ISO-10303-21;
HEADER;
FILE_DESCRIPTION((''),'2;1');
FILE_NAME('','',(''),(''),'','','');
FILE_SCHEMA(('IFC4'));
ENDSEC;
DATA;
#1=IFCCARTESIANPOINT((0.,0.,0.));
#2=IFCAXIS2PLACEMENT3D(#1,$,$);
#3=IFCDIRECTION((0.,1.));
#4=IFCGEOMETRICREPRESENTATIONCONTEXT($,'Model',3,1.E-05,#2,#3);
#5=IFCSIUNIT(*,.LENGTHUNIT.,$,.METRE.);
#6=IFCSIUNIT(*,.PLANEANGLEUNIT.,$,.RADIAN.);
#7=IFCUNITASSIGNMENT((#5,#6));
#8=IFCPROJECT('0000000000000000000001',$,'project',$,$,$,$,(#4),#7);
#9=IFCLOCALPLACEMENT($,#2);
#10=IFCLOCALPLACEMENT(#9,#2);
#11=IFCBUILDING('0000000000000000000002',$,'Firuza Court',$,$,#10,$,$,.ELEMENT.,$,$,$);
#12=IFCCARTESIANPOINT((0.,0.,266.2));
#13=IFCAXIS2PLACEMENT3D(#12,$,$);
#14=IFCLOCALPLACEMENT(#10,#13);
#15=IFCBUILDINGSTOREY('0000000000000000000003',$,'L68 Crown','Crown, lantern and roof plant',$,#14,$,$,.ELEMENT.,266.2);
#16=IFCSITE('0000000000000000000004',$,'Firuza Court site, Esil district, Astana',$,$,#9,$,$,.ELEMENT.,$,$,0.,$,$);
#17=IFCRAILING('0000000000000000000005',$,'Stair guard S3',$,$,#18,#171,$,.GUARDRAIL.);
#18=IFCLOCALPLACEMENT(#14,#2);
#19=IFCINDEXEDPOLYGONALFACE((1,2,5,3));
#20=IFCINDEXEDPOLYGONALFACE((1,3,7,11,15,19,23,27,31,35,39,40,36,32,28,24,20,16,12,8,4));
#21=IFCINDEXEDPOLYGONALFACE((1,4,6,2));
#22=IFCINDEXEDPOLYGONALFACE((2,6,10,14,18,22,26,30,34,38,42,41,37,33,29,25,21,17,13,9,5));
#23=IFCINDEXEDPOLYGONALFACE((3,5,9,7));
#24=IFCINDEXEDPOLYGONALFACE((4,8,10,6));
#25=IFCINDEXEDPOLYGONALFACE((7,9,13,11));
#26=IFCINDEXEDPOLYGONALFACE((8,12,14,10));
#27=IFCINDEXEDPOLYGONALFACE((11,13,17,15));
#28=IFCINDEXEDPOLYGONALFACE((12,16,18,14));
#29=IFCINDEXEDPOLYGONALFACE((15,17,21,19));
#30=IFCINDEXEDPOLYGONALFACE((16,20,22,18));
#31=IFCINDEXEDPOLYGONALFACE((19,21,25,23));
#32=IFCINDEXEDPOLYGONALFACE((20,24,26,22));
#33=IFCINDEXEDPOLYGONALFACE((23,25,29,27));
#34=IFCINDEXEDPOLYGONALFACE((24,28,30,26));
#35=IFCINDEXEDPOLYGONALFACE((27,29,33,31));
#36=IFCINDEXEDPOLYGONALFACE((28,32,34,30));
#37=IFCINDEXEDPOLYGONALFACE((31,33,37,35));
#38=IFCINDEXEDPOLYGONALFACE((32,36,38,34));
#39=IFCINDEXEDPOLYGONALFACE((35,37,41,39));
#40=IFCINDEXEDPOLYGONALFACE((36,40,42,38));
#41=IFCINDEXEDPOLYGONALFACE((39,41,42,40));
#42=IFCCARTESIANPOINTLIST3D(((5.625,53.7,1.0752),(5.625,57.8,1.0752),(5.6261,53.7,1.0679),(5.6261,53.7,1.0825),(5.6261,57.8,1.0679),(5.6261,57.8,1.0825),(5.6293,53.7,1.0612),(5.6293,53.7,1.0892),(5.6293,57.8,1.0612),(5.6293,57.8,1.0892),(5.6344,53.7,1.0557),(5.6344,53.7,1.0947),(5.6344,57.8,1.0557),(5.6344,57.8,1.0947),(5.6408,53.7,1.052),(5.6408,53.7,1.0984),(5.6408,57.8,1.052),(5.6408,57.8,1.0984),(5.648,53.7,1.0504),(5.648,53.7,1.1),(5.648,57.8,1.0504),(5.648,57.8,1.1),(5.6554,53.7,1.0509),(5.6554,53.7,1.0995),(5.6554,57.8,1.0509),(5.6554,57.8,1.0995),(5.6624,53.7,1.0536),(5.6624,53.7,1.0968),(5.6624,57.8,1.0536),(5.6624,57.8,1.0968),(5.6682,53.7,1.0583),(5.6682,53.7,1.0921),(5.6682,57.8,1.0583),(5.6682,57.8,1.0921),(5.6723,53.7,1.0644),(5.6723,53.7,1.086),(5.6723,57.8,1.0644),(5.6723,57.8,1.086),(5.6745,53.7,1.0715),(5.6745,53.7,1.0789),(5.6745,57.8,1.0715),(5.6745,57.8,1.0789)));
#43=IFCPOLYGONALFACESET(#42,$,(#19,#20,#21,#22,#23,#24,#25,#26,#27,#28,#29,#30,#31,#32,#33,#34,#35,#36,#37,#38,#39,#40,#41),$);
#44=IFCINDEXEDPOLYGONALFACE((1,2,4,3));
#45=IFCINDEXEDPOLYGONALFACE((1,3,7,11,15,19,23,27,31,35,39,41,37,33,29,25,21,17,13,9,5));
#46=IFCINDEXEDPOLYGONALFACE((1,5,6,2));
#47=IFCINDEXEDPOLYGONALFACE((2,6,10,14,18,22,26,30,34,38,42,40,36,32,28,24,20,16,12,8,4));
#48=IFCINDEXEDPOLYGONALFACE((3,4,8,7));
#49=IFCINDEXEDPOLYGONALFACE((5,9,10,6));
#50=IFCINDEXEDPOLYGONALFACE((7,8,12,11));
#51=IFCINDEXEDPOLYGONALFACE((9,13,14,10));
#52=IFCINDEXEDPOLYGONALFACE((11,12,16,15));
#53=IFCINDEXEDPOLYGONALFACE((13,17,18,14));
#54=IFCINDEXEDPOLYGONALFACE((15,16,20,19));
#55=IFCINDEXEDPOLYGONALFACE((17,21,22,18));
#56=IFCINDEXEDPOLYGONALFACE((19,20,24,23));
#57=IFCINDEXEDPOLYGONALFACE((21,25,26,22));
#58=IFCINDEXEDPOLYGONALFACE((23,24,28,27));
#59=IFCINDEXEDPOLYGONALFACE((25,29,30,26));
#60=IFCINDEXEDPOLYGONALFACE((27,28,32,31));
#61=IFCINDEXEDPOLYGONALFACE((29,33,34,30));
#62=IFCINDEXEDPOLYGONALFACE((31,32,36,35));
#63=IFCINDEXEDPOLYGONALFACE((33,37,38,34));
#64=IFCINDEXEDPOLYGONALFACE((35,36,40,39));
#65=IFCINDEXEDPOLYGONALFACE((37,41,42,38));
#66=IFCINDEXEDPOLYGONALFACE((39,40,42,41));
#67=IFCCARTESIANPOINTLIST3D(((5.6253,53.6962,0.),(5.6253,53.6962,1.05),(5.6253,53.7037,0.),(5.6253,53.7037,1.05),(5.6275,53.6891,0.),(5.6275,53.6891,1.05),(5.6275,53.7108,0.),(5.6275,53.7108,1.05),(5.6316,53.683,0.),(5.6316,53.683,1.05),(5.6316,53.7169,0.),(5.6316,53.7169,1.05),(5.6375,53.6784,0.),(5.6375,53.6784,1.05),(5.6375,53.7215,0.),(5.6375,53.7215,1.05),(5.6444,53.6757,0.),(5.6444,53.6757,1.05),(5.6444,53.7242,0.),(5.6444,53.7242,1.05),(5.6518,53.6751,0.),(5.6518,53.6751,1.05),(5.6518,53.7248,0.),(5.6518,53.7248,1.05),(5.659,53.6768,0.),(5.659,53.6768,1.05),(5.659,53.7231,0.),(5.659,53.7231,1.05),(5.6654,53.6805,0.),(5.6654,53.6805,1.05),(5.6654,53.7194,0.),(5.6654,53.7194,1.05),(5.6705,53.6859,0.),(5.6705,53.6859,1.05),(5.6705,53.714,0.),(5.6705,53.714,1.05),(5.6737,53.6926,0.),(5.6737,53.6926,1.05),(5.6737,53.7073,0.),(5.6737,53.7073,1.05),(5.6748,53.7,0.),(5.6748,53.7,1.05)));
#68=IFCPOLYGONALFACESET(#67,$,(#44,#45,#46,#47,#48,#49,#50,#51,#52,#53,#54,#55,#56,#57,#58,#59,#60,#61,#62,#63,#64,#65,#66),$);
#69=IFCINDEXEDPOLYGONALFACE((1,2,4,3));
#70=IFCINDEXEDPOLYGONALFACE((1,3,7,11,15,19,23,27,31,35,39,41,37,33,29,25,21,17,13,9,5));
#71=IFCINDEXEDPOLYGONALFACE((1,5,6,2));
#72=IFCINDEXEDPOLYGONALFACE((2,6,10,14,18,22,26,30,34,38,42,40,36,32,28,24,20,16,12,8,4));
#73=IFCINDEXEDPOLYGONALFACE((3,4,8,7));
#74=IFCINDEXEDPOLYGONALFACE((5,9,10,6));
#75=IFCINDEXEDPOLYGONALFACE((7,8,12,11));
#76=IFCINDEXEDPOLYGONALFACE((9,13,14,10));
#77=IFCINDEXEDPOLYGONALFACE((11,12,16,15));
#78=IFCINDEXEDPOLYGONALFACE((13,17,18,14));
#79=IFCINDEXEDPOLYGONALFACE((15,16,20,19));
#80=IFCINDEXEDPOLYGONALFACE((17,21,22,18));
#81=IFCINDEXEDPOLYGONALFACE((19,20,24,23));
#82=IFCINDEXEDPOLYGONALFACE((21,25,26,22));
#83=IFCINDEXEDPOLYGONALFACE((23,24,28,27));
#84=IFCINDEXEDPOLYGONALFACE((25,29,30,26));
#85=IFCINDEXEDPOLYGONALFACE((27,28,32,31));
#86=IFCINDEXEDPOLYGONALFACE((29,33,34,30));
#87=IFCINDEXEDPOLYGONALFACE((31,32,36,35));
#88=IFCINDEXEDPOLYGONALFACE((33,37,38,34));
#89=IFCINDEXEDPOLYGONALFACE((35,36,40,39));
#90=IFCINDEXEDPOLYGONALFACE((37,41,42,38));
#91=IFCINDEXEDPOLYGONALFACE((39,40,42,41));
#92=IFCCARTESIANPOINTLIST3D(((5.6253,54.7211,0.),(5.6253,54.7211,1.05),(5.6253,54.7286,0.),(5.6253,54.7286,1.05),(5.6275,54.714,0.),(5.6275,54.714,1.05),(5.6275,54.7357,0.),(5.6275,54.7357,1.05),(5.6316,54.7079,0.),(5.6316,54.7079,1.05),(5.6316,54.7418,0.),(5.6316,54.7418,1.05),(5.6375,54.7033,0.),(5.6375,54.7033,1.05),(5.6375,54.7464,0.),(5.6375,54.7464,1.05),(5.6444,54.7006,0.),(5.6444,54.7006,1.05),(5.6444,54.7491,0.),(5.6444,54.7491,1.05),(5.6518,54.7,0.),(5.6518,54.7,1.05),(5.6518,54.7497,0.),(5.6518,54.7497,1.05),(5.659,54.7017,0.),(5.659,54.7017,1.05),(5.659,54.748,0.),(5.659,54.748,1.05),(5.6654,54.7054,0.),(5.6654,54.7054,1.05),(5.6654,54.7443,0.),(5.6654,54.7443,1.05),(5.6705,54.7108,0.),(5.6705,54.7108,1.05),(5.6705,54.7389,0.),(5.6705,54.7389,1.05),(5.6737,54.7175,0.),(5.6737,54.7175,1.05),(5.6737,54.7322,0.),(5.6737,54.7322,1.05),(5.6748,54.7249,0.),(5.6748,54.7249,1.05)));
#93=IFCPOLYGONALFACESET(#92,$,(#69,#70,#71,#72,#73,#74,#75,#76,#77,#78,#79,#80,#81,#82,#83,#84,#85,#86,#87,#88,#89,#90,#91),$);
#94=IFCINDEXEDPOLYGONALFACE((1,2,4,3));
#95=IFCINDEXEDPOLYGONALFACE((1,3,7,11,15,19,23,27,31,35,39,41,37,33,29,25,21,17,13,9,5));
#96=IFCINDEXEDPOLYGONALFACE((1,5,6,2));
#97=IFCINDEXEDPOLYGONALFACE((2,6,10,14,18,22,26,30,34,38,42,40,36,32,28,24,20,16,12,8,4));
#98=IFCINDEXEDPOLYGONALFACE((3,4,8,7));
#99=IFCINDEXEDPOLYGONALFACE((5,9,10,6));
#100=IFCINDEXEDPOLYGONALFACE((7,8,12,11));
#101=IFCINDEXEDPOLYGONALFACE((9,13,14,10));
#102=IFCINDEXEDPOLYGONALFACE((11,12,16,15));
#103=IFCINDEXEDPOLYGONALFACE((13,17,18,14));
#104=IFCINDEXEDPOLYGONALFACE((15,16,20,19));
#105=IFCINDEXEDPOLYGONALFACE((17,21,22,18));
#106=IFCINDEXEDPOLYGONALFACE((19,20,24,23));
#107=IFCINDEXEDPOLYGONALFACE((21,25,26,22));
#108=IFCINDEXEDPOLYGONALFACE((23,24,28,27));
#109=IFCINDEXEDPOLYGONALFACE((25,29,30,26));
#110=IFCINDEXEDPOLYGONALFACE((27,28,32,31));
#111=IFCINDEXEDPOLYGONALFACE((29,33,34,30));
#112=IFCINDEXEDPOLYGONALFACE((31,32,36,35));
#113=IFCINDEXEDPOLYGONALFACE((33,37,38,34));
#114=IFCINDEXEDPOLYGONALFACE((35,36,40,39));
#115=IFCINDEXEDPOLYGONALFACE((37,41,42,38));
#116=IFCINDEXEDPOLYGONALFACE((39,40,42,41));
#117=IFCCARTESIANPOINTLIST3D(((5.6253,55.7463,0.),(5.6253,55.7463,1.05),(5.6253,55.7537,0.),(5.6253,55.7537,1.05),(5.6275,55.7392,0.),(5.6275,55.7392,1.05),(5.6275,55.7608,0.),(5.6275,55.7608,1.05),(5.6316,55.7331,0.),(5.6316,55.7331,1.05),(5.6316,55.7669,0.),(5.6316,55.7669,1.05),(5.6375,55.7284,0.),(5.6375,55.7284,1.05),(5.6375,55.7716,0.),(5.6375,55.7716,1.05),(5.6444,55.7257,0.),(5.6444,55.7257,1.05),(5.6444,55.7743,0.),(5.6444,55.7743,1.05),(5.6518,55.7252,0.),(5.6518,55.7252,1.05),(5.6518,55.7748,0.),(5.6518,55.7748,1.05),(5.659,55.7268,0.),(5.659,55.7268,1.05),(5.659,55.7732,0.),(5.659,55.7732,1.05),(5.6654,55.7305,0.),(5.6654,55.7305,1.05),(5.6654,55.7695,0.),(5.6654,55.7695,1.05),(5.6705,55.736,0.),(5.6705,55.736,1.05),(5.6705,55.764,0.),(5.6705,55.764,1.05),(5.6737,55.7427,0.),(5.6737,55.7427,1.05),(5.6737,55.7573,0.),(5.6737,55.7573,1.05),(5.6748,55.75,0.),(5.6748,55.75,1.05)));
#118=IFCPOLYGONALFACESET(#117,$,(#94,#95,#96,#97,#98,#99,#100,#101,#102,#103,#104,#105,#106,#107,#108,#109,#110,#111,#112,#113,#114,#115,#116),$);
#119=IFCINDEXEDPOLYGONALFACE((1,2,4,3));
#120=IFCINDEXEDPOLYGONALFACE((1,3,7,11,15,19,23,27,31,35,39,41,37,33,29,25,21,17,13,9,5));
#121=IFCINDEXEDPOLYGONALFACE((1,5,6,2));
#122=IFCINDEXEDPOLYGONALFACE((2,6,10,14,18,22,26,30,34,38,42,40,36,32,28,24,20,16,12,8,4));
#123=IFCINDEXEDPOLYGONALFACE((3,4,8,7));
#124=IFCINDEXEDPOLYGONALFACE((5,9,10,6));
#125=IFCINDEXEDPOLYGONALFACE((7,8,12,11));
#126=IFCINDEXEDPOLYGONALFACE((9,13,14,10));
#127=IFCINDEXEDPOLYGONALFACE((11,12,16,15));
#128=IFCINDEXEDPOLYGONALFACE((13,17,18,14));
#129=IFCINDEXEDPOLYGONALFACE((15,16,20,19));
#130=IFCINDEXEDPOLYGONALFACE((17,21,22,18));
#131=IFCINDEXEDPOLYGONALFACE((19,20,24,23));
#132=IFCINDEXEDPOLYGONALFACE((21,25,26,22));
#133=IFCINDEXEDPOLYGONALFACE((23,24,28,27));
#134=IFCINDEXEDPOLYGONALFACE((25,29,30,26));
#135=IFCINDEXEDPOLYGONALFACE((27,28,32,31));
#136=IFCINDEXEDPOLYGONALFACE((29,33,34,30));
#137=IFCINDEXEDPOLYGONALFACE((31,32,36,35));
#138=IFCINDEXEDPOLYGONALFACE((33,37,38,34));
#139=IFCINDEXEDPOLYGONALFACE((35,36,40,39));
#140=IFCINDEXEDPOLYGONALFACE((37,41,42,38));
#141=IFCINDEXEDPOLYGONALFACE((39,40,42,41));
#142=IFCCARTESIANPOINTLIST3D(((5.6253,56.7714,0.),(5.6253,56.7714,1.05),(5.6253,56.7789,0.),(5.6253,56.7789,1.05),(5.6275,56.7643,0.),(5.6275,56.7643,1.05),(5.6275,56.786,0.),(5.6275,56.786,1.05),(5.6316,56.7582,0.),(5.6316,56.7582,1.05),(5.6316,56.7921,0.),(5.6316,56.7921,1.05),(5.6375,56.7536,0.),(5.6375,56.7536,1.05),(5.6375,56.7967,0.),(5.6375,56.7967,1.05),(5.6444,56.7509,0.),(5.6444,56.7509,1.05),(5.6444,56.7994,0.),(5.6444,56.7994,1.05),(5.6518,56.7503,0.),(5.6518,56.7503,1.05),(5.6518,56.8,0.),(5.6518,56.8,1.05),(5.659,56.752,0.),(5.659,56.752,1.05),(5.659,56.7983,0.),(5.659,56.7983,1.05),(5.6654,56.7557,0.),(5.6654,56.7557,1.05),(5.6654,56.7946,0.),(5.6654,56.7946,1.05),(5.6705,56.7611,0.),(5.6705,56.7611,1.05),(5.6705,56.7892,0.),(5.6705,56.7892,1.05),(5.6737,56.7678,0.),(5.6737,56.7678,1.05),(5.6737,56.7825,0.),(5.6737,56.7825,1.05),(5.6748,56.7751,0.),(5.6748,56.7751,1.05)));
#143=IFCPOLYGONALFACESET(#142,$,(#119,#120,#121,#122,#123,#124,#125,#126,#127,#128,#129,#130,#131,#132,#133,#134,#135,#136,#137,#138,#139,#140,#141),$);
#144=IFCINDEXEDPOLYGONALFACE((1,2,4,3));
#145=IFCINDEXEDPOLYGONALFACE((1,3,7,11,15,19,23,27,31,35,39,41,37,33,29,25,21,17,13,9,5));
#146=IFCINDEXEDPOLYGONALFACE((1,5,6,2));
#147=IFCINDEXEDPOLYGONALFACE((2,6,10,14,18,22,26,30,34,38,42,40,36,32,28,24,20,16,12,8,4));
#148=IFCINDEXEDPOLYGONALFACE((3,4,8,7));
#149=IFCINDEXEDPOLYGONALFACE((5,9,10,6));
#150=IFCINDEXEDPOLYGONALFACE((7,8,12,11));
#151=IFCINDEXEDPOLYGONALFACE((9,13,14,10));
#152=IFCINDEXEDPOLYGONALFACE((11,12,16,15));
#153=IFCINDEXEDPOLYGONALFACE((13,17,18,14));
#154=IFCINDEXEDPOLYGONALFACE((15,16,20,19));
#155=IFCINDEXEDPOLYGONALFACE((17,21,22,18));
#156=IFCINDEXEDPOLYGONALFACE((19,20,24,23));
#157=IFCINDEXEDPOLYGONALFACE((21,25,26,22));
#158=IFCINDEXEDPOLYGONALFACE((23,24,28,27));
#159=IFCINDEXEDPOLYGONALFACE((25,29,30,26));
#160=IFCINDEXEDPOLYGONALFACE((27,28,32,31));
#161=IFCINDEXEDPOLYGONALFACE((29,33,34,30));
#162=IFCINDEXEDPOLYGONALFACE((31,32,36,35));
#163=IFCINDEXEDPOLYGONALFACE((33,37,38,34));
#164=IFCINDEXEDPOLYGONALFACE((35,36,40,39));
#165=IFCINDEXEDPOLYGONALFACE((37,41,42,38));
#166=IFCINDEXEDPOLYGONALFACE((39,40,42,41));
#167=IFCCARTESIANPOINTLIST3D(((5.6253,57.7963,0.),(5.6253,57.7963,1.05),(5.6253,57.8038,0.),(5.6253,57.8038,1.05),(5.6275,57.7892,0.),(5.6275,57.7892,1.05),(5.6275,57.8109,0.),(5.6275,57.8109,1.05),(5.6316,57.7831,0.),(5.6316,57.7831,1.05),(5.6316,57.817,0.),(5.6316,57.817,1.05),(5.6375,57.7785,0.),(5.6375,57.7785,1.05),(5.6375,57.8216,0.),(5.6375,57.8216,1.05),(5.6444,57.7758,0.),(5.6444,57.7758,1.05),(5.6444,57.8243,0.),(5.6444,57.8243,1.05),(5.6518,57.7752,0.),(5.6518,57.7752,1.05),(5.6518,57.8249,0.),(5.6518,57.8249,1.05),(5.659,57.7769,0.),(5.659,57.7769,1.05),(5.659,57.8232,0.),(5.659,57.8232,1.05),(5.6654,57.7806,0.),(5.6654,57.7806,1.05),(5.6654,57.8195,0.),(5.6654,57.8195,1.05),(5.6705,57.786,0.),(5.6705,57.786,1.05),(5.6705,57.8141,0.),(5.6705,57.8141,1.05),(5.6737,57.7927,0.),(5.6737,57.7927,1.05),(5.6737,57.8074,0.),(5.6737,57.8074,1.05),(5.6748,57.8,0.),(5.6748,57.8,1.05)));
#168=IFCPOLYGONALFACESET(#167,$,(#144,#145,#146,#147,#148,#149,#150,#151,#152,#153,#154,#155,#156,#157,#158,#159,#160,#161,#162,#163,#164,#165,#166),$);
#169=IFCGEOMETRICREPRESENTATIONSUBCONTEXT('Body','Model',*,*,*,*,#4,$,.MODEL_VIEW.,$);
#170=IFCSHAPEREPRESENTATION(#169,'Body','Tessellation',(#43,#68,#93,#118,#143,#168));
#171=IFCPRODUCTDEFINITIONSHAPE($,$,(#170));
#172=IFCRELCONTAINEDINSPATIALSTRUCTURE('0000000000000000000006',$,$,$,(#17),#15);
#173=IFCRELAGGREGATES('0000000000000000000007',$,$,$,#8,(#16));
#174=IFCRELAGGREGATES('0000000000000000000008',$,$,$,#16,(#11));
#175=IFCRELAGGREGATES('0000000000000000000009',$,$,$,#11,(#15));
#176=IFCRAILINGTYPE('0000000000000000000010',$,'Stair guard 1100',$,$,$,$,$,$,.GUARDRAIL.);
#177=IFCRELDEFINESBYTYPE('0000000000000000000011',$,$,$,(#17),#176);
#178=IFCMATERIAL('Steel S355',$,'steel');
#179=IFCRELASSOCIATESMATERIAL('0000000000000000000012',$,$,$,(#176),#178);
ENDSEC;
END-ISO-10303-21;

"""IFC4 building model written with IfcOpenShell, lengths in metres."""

from ifc_helpers import new_model, si_unit, direction, frame, origin, origin_2d, place, context, subcontext, project, spatial, circle, extrude, material, type_object, element, save


model = new_model("IFC4")

# Units and contexts
model_context = context("Model", 3, precision=1e-05, world=origin(), true_north=direction((0.0, 1.0)))
body_context = subcontext(model_context, "Body", "Model", "MODEL_VIEW")
ifc_project = project(units=[si_unit("LENGTHUNIT", "METRE"), si_unit("PLANEANGLEUNIT", "RADIAN")], contexts=[model_context])

# Site, building, storey
site_placement = place(None, origin())
site = spatial("IfcSite", under=ifc_project, at=site_placement, Name="Firuza Court site, Esil district, Astana", CompositionType="ELEMENT", RefElevation=0.0)
building_placement = place(site_placement, origin())
building = spatial("IfcBuilding", under=site, at=building_placement, Name="Firuza Court", CompositionType="ELEMENT")
storey_placement = place(building_placement, frame((0.0, 0.0, 266.2)))
storey = spatial("IfcBuildingStorey", under=building, at=storey_placement, Name="L68 Crown", Description="Crown, lantern and roof plant", CompositionType="ELEMENT", Elevation=266.2)

# Railing
ifc_material_1 = material(Name="Steel S355", Category="steel")
railing_type = type_object("IfcRailingType", Name="Stair guard 1100", PredefinedType="GUARDRAIL", material=ifc_material_1)
railing_placement = place(storey_placement, frame((5.6499, 53.7, 0.0)))
element("IfcRailing", 1, at=railing_placement, inside=storey, type_object=railing_type, Name="Stair guard S3", PredefinedType="GUARDRAIL", context=body_context, shape_type="SweptSolid", body=[
    extrude(circle(Radius=0.0249, at=origin_2d()), frame((0.0, 0.0, 1.0752), z_axis=(0.0, 1.0, 0.0), x_axis=(-1.0, 0.0, 0.0)), (0.0, 0.0, 1.0), 4.1001),
    extrude(circle(Radius=0.0249, at=origin_2d()), origin(), (0.0, 0.0, 1.0), 1.05),
    extrude(circle(Radius=0.0249, at=origin_2d()), frame((0.0, 1.0249, 0.0)), (0.0, 0.0, 1.0), 1.05),
    extrude(circle(Radius=0.0249, at=origin_2d()), frame((0.0, 2.05, 0.0)), (0.0, 0.0, 1.0), 1.05),
    extrude(circle(Radius=0.0249, at=origin_2d()), frame((0.0, 3.0752, 0.0)), (0.0, 0.0, 1.0), 1.05),
    extrude(circle(Radius=0.0249, at=origin_2d()), frame((0.0, 4.1001, 0.0)), (0.0, 0.0, 1.0), 1.05),
])

save(model, "model.ifc")
